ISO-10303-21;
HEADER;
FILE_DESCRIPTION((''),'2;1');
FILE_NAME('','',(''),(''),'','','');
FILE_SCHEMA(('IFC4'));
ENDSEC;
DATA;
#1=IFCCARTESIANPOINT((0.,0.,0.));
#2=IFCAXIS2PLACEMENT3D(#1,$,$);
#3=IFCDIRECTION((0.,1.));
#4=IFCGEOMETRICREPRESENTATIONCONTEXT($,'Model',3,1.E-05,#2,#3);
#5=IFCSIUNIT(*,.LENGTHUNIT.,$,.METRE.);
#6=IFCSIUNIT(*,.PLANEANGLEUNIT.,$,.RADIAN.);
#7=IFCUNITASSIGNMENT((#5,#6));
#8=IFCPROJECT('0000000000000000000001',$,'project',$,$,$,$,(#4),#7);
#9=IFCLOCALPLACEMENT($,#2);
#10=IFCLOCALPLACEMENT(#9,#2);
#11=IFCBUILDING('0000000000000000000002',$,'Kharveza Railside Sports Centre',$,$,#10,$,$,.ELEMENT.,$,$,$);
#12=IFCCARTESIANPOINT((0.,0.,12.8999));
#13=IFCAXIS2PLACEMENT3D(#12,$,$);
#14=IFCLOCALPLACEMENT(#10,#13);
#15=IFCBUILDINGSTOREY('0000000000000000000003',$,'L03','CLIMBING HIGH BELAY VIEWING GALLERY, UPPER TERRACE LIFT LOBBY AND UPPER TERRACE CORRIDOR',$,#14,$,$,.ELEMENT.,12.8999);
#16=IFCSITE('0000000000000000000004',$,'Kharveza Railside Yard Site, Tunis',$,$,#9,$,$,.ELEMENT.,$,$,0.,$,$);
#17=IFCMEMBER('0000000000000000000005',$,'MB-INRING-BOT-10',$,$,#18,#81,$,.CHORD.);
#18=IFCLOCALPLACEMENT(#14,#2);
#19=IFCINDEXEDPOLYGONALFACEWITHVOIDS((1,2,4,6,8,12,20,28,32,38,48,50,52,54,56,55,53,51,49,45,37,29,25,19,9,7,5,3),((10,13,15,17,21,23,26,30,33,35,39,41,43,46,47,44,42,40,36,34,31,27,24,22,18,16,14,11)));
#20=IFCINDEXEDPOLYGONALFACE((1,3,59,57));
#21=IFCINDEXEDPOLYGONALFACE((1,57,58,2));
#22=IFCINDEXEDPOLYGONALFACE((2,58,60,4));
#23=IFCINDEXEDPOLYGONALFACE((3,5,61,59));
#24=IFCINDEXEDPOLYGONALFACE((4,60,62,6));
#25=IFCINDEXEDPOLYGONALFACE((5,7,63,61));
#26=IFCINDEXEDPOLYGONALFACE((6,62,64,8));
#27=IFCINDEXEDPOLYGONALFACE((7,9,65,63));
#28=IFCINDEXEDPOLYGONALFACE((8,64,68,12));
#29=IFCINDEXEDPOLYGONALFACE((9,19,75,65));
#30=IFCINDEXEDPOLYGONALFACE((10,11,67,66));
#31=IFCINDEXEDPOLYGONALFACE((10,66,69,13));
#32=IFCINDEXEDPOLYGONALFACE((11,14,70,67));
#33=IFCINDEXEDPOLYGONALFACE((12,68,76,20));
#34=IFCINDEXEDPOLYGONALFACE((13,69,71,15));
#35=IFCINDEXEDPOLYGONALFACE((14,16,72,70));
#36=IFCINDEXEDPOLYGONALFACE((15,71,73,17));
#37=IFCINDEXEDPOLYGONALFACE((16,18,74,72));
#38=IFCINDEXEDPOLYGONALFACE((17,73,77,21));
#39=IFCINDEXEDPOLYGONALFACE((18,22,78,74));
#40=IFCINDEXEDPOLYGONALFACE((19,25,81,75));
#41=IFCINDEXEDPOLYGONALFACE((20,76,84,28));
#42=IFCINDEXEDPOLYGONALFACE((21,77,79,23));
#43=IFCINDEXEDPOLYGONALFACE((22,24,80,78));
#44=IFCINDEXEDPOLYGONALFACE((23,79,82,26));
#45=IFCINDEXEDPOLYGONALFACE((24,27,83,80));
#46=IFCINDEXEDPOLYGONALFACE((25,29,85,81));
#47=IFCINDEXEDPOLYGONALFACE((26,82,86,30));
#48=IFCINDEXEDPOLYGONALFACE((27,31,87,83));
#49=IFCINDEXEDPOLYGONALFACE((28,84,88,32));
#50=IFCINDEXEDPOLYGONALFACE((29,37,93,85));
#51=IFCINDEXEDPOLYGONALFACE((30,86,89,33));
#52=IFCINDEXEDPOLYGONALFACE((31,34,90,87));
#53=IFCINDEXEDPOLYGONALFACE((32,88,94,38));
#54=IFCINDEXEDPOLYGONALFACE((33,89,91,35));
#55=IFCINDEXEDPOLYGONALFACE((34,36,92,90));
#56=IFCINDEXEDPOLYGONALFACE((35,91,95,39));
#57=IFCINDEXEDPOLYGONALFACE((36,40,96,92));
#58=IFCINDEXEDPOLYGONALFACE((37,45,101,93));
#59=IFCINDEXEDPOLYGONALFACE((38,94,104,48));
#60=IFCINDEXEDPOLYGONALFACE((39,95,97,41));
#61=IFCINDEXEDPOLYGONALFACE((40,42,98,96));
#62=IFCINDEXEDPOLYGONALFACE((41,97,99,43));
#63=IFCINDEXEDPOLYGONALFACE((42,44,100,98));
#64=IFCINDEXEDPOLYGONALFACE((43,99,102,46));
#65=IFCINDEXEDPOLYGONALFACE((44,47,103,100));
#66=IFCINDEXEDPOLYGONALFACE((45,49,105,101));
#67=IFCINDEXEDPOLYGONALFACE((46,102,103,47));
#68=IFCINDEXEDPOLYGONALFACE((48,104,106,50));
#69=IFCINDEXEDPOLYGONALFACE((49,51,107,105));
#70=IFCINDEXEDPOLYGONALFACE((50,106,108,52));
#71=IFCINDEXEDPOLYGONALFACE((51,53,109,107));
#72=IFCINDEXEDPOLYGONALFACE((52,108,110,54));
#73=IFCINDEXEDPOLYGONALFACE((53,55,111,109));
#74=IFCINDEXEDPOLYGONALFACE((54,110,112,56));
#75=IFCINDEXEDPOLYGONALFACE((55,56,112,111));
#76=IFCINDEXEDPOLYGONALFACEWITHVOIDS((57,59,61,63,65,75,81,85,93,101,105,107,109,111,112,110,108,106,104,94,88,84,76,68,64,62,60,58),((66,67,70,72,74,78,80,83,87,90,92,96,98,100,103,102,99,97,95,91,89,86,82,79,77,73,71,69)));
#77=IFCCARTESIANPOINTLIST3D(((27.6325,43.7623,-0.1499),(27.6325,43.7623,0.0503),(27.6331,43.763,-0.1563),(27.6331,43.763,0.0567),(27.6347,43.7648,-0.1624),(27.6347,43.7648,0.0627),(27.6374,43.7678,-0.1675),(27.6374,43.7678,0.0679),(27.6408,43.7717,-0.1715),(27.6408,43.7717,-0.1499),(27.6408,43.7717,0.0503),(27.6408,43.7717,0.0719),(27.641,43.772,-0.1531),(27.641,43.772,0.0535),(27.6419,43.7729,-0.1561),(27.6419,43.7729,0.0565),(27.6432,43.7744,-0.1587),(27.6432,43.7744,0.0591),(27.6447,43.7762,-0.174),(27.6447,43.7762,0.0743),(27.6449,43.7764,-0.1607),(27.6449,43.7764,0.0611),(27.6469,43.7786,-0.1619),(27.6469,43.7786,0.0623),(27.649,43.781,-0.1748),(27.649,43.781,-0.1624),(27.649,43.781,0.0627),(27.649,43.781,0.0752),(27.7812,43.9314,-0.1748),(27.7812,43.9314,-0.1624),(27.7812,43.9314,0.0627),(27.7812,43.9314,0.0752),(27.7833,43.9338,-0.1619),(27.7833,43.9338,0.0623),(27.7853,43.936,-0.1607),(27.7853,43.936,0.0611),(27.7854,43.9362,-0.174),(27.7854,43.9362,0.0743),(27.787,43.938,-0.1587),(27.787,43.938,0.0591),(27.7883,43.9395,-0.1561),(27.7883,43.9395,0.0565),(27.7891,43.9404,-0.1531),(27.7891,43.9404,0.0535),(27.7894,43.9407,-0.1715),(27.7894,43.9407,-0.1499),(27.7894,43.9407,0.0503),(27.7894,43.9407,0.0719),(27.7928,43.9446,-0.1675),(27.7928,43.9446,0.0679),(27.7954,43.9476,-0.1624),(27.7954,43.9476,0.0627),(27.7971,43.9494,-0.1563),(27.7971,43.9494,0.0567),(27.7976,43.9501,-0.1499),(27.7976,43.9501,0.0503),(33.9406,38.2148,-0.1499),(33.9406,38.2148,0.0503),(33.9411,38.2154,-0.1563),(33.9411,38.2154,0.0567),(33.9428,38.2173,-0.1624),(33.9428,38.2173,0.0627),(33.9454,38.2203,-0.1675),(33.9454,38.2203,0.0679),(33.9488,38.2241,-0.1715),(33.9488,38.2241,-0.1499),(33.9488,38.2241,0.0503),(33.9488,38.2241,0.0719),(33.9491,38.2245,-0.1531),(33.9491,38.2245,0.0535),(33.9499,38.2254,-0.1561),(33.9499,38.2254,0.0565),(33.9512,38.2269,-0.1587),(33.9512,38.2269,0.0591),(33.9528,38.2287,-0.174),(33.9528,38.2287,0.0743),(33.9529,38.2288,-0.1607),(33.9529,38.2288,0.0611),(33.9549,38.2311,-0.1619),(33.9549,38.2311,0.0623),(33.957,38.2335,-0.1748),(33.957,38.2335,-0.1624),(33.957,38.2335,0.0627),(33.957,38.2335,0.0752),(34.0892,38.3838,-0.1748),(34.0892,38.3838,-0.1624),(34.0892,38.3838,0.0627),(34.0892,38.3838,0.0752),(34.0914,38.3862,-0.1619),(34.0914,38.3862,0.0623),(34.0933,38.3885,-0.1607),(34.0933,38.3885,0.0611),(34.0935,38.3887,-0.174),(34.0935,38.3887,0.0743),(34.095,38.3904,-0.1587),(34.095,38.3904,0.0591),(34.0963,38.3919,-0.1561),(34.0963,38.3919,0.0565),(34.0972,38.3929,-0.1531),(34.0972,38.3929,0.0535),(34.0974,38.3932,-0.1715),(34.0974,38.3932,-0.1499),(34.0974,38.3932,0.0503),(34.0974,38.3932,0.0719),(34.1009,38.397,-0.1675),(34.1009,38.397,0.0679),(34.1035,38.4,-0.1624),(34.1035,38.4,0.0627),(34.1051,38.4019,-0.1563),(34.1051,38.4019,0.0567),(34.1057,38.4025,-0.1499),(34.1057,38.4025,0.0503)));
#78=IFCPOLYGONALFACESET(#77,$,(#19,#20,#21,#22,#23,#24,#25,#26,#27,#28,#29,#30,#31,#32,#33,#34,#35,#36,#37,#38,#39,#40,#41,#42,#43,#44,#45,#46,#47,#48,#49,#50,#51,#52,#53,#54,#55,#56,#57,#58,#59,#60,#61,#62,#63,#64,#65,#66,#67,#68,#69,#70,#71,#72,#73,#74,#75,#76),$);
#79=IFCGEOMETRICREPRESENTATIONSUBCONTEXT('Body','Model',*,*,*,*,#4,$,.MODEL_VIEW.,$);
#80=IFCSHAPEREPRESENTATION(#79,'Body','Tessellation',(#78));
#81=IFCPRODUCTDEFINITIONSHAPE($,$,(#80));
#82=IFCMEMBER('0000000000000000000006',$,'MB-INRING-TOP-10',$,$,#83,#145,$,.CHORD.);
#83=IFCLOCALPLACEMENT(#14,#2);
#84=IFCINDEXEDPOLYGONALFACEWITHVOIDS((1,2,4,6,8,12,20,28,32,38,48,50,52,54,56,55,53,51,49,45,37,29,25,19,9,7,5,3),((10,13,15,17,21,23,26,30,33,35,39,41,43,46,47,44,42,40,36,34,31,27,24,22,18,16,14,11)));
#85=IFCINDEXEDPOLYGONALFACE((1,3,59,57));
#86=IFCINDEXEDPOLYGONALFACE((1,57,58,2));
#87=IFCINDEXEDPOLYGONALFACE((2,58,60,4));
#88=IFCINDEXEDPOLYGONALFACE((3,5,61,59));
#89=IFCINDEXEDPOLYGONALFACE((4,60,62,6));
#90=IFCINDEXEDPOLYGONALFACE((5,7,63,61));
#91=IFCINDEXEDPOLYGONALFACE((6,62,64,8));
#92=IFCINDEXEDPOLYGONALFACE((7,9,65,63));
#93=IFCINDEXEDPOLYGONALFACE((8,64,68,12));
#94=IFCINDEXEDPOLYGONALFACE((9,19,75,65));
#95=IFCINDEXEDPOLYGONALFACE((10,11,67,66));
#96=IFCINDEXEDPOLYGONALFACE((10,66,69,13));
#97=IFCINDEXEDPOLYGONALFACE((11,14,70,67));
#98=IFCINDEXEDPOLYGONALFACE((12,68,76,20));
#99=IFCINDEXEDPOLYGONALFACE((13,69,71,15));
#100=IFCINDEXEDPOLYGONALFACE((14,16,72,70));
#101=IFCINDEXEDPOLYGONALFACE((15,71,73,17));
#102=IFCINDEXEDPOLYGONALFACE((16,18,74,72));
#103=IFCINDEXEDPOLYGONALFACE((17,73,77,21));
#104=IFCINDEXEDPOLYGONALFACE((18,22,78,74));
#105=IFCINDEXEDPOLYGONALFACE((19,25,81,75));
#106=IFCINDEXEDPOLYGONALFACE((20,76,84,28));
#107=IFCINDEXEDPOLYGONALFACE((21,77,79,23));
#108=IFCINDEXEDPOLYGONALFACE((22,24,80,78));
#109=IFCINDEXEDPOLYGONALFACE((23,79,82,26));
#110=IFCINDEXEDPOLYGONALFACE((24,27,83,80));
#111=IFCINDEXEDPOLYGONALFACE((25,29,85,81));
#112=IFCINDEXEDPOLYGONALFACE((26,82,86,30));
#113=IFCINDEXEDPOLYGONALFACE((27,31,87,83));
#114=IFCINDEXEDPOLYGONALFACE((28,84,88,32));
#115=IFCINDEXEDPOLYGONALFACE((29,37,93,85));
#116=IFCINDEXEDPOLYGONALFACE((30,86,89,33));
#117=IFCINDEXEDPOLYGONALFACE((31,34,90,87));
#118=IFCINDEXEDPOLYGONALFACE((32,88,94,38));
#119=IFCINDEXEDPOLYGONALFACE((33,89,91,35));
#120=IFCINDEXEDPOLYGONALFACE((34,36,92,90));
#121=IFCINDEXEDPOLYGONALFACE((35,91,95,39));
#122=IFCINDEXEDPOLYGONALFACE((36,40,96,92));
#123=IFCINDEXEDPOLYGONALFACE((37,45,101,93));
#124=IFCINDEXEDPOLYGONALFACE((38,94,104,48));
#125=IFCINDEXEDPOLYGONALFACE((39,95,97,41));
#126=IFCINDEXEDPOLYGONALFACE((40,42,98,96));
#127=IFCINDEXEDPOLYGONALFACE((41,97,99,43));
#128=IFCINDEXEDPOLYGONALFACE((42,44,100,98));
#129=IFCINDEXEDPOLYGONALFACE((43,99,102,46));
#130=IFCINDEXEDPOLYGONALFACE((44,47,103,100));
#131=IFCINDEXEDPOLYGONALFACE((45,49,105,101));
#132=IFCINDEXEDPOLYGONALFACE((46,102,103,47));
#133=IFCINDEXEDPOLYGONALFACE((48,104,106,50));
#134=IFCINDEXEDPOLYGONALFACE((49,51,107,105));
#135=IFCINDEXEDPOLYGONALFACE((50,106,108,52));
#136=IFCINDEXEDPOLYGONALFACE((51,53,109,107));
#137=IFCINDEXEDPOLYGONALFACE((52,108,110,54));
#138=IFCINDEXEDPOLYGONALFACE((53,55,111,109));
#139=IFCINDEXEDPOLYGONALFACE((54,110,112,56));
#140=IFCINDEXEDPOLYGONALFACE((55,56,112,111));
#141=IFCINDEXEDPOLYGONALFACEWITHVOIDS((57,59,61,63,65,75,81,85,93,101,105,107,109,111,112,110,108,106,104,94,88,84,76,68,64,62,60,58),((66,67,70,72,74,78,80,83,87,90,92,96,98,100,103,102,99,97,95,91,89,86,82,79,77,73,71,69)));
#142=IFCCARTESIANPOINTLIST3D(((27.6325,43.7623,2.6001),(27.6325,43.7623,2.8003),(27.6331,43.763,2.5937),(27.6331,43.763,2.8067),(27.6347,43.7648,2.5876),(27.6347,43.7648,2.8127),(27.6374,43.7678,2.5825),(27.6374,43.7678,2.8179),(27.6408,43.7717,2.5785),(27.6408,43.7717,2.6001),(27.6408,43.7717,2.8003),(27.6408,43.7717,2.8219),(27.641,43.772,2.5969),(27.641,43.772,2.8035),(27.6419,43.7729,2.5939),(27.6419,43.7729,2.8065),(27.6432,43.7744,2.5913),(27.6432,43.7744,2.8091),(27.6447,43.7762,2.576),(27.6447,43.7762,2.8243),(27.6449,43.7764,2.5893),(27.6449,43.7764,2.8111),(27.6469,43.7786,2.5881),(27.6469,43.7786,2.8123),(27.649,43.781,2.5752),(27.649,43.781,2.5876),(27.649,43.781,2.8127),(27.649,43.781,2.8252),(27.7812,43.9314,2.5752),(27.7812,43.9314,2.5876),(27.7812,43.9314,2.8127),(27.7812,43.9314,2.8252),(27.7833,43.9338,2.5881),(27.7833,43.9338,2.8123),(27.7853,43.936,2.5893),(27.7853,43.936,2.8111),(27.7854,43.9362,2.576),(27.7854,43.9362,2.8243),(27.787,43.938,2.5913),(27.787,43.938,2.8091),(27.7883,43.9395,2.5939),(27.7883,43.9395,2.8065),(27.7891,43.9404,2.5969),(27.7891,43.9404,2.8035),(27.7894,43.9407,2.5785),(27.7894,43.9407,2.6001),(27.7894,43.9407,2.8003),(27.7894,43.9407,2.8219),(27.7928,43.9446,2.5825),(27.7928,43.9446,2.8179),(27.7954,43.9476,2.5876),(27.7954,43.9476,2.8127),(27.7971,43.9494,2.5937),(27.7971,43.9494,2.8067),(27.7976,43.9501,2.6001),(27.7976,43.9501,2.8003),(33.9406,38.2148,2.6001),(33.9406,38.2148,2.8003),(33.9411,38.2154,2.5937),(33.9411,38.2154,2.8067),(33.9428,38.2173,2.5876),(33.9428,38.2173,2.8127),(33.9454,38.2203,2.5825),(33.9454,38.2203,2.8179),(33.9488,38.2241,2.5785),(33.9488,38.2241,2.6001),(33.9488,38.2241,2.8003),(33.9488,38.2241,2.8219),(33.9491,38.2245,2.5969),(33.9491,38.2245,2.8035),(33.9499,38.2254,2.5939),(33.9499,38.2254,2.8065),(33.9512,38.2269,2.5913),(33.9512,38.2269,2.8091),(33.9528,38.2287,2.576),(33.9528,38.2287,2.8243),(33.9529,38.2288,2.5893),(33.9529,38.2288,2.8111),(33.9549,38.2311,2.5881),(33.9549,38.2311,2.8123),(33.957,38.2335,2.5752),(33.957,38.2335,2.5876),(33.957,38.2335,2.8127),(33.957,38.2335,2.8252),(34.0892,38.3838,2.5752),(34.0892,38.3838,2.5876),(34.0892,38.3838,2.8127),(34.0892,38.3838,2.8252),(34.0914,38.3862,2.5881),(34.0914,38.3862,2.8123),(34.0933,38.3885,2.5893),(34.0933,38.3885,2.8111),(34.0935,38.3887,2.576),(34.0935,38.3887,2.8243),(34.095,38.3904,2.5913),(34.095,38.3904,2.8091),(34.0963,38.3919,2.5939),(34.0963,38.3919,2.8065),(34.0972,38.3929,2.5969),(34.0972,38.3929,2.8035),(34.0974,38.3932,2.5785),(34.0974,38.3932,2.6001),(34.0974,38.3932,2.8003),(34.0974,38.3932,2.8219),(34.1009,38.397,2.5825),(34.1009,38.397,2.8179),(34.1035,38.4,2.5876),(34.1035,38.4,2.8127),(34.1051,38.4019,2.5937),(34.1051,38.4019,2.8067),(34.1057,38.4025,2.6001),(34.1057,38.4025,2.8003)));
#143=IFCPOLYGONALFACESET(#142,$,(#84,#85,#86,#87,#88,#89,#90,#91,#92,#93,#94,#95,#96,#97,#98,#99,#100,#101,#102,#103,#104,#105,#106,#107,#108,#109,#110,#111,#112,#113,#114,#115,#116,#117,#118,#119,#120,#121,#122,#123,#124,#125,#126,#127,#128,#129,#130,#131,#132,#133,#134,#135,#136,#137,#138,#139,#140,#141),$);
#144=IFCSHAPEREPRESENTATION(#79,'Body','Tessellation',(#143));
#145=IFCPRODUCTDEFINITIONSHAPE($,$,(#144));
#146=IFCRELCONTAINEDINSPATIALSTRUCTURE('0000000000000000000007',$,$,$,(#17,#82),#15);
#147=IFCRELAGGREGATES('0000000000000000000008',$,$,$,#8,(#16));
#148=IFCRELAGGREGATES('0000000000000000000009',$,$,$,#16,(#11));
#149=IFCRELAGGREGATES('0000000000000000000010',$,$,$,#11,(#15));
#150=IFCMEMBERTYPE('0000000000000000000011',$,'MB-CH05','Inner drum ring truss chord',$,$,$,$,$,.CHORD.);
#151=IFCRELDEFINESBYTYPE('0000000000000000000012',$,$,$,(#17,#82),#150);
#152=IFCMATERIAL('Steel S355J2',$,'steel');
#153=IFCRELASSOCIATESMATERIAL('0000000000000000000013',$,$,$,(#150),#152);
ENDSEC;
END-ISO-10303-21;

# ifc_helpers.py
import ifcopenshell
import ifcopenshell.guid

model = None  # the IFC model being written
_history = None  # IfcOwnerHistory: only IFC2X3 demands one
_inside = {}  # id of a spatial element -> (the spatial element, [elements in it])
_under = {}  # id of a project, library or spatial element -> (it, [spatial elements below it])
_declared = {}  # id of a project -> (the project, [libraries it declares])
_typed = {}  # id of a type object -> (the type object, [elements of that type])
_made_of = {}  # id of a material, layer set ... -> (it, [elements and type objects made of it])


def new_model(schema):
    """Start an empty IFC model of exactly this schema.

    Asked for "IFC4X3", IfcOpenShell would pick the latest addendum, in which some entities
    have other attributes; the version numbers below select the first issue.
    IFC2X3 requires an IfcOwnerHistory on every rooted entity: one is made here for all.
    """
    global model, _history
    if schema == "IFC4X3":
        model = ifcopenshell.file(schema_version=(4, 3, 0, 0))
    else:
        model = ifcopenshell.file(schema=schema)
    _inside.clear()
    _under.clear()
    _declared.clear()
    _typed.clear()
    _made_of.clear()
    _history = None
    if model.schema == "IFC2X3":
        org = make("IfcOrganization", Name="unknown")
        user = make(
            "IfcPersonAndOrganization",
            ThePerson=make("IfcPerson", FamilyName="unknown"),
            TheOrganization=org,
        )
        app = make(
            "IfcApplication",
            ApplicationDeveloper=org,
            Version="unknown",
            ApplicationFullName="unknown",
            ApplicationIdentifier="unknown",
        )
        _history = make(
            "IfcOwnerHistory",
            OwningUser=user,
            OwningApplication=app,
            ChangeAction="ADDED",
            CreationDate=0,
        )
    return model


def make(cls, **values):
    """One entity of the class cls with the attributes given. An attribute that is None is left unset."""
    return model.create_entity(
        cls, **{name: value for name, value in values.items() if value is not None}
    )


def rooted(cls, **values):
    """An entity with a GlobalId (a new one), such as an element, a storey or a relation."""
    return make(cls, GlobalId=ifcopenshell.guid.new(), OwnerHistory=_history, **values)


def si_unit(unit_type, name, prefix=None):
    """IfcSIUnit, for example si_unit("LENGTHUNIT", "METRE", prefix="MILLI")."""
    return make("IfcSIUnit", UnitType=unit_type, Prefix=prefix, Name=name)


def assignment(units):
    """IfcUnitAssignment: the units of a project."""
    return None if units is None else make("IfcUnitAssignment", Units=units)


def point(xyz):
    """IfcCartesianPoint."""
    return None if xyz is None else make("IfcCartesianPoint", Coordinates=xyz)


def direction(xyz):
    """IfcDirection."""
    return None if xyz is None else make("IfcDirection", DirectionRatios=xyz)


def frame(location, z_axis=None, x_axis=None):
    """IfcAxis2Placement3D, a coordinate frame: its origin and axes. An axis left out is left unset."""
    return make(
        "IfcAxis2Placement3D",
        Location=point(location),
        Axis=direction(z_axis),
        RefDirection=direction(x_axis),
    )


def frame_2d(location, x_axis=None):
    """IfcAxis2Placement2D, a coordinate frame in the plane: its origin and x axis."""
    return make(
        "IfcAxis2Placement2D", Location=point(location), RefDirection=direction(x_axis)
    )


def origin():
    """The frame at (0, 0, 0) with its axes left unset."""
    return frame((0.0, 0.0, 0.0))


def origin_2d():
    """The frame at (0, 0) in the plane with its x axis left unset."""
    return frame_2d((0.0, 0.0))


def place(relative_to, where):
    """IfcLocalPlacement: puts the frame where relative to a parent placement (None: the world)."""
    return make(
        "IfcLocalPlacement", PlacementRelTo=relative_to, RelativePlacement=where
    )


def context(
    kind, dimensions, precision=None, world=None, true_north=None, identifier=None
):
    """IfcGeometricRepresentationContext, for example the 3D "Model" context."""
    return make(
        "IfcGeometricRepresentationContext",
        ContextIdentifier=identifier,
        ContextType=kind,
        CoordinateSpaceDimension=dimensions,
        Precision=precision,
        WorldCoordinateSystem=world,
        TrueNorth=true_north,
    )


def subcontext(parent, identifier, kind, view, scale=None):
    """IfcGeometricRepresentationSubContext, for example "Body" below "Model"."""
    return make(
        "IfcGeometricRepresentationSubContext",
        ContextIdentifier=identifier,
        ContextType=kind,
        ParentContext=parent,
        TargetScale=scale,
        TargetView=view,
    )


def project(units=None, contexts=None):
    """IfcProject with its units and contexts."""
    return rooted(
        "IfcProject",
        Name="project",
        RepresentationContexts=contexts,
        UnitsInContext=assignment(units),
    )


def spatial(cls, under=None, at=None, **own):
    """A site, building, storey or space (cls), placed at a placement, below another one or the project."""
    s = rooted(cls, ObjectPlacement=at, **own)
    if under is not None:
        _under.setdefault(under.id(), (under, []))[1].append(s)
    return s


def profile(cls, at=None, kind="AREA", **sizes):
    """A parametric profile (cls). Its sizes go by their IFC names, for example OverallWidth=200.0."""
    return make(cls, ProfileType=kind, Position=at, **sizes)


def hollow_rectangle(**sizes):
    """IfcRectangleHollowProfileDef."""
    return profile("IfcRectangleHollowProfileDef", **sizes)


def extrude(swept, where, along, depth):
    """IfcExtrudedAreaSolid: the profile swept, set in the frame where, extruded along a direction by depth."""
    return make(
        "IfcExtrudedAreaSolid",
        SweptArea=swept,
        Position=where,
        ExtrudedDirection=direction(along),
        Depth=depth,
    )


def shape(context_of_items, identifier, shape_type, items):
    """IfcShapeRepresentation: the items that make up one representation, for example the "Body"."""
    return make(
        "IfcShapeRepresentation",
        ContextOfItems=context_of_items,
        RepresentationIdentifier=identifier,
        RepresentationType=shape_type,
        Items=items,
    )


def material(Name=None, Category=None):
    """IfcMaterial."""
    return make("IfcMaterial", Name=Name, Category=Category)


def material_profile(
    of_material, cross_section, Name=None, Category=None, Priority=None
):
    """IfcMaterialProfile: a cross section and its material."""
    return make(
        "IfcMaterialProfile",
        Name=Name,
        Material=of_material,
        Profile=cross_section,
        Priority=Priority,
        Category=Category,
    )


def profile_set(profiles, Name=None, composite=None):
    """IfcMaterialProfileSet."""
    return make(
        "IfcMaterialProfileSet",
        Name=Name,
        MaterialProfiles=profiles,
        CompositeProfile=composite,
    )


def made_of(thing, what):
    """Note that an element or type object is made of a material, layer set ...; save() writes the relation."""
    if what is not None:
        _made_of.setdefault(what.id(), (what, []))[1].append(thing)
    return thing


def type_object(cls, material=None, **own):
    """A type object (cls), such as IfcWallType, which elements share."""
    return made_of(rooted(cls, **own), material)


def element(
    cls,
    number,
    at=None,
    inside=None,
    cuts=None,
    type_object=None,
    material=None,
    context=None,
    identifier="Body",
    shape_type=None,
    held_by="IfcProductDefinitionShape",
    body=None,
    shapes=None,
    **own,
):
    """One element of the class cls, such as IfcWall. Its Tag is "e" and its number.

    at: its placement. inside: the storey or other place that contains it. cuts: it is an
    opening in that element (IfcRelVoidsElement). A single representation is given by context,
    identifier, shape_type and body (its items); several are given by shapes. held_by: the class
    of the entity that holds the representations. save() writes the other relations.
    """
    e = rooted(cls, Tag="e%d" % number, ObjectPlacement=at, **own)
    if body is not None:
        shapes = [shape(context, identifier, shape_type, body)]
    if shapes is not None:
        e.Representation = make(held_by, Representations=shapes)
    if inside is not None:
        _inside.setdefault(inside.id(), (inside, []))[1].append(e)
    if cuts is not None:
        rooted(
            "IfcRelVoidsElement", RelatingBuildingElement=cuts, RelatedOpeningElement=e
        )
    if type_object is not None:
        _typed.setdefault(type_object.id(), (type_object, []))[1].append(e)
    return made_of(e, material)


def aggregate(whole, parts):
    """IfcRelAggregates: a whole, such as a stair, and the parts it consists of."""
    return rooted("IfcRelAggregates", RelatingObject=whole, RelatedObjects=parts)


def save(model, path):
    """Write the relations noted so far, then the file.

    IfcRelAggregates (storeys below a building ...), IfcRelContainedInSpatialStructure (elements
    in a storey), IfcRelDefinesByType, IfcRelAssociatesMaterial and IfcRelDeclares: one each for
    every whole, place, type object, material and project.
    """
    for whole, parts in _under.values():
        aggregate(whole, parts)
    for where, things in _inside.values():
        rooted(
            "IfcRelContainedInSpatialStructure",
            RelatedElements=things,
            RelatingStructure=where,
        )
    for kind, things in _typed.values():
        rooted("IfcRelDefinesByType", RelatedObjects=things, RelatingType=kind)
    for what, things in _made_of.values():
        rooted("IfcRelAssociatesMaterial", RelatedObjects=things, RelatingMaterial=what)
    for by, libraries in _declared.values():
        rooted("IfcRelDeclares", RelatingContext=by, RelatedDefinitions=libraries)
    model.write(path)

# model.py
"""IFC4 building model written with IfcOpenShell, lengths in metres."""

from ifc_helpers import new_model, si_unit, direction, frame, origin, origin_2d, place, context, subcontext, project, spatial, hollow_rectangle, extrude, material, material_profile, profile_set, type_object, element, save


model = new_model("IFC4")

# Units and contexts
model_context = context("Model", 3, precision=1e-05, world=origin(), true_north=direction((0.0, 1.0)))
body_context = subcontext(model_context, "Body", "Model", "MODEL_VIEW")
ifc_project = project(units=[si_unit("LENGTHUNIT", "METRE"), si_unit("PLANEANGLEUNIT", "RADIAN")], contexts=[model_context])

# Site, building, storey
site_placement = place(None, origin())
site = spatial("IfcSite", under=ifc_project, at=site_placement, Name="Kharveza Railside Yard Site, Tunis", CompositionType="ELEMENT", RefElevation=0.0)
building_placement = place(site_placement, origin())
building = spatial("IfcBuilding", under=site, at=building_placement, Name="Kharveza Railside Sports Centre", CompositionType="ELEMENT")
storey_placement = place(building_placement, frame((0.0, 0.0, 12.8999)))
storey = spatial("IfcBuildingStorey", under=building, at=storey_placement, Name="L03", Description="CLIMBING HIGH BELAY VIEWING GALLERY, UPPER TERRACE LIFT LOBBY AND UPPER TERRACE CORRIDOR", CompositionType="ELEMENT", Elevation=12.8999)

# Shared definitions
ifc_material_1 = material(Name="Steel S355J2", Category="steel")

# Members
ifc_material_profile_1 = material_profile(ifc_material_1, hollow_rectangle(XDim=0.25, YDim=0.25, WallThickness=0.0125, InnerFilletRadius=0.0125, OuterFilletRadius=0.0249, at=origin_2d()), Name="SHS 250x250x12.5")
ifc_profile_set_1 = profile_set([ifc_material_profile_1], Name="Steel S355J2")
member_type_1 = type_object("IfcMemberType", Name="MB-CH05", Description="Inner drum ring truss chord", PredefinedType="CHORD", material=ifc_profile_set_1)
for number, where, z_axis, x_axis, name in (
    (1, (27.7151, 43.8562, -0.0498), (0.750922, -0.660391, 0.0), (0.660391, 0.750922, 0.0), "MB-INRING-BOT-10"),
    (2, (27.7151, 43.8562, 2.7002), (0.750922, -0.660391, 0.0), (0.660391, 0.750922, 0.0), "MB-INRING-TOP-10"),
):
    element("IfcMember", number, at=place(storey_placement, frame(where, z_axis=z_axis, x_axis=x_axis)), inside=storey, type_object=member_type_1, Name=name, PredefinedType="CHORD", context=body_context, shape_type="SweptSolid", body=[
        extrude(hollow_rectangle(XDim=0.25, YDim=0.25, WallThickness=0.0125, InnerFilletRadius=0.0125, OuterFilletRadius=0.0249, at=origin_2d()), origin(), (0.0, 0.0, 1.0), 8.4004),
    ])

save(model, "model.ifc")
